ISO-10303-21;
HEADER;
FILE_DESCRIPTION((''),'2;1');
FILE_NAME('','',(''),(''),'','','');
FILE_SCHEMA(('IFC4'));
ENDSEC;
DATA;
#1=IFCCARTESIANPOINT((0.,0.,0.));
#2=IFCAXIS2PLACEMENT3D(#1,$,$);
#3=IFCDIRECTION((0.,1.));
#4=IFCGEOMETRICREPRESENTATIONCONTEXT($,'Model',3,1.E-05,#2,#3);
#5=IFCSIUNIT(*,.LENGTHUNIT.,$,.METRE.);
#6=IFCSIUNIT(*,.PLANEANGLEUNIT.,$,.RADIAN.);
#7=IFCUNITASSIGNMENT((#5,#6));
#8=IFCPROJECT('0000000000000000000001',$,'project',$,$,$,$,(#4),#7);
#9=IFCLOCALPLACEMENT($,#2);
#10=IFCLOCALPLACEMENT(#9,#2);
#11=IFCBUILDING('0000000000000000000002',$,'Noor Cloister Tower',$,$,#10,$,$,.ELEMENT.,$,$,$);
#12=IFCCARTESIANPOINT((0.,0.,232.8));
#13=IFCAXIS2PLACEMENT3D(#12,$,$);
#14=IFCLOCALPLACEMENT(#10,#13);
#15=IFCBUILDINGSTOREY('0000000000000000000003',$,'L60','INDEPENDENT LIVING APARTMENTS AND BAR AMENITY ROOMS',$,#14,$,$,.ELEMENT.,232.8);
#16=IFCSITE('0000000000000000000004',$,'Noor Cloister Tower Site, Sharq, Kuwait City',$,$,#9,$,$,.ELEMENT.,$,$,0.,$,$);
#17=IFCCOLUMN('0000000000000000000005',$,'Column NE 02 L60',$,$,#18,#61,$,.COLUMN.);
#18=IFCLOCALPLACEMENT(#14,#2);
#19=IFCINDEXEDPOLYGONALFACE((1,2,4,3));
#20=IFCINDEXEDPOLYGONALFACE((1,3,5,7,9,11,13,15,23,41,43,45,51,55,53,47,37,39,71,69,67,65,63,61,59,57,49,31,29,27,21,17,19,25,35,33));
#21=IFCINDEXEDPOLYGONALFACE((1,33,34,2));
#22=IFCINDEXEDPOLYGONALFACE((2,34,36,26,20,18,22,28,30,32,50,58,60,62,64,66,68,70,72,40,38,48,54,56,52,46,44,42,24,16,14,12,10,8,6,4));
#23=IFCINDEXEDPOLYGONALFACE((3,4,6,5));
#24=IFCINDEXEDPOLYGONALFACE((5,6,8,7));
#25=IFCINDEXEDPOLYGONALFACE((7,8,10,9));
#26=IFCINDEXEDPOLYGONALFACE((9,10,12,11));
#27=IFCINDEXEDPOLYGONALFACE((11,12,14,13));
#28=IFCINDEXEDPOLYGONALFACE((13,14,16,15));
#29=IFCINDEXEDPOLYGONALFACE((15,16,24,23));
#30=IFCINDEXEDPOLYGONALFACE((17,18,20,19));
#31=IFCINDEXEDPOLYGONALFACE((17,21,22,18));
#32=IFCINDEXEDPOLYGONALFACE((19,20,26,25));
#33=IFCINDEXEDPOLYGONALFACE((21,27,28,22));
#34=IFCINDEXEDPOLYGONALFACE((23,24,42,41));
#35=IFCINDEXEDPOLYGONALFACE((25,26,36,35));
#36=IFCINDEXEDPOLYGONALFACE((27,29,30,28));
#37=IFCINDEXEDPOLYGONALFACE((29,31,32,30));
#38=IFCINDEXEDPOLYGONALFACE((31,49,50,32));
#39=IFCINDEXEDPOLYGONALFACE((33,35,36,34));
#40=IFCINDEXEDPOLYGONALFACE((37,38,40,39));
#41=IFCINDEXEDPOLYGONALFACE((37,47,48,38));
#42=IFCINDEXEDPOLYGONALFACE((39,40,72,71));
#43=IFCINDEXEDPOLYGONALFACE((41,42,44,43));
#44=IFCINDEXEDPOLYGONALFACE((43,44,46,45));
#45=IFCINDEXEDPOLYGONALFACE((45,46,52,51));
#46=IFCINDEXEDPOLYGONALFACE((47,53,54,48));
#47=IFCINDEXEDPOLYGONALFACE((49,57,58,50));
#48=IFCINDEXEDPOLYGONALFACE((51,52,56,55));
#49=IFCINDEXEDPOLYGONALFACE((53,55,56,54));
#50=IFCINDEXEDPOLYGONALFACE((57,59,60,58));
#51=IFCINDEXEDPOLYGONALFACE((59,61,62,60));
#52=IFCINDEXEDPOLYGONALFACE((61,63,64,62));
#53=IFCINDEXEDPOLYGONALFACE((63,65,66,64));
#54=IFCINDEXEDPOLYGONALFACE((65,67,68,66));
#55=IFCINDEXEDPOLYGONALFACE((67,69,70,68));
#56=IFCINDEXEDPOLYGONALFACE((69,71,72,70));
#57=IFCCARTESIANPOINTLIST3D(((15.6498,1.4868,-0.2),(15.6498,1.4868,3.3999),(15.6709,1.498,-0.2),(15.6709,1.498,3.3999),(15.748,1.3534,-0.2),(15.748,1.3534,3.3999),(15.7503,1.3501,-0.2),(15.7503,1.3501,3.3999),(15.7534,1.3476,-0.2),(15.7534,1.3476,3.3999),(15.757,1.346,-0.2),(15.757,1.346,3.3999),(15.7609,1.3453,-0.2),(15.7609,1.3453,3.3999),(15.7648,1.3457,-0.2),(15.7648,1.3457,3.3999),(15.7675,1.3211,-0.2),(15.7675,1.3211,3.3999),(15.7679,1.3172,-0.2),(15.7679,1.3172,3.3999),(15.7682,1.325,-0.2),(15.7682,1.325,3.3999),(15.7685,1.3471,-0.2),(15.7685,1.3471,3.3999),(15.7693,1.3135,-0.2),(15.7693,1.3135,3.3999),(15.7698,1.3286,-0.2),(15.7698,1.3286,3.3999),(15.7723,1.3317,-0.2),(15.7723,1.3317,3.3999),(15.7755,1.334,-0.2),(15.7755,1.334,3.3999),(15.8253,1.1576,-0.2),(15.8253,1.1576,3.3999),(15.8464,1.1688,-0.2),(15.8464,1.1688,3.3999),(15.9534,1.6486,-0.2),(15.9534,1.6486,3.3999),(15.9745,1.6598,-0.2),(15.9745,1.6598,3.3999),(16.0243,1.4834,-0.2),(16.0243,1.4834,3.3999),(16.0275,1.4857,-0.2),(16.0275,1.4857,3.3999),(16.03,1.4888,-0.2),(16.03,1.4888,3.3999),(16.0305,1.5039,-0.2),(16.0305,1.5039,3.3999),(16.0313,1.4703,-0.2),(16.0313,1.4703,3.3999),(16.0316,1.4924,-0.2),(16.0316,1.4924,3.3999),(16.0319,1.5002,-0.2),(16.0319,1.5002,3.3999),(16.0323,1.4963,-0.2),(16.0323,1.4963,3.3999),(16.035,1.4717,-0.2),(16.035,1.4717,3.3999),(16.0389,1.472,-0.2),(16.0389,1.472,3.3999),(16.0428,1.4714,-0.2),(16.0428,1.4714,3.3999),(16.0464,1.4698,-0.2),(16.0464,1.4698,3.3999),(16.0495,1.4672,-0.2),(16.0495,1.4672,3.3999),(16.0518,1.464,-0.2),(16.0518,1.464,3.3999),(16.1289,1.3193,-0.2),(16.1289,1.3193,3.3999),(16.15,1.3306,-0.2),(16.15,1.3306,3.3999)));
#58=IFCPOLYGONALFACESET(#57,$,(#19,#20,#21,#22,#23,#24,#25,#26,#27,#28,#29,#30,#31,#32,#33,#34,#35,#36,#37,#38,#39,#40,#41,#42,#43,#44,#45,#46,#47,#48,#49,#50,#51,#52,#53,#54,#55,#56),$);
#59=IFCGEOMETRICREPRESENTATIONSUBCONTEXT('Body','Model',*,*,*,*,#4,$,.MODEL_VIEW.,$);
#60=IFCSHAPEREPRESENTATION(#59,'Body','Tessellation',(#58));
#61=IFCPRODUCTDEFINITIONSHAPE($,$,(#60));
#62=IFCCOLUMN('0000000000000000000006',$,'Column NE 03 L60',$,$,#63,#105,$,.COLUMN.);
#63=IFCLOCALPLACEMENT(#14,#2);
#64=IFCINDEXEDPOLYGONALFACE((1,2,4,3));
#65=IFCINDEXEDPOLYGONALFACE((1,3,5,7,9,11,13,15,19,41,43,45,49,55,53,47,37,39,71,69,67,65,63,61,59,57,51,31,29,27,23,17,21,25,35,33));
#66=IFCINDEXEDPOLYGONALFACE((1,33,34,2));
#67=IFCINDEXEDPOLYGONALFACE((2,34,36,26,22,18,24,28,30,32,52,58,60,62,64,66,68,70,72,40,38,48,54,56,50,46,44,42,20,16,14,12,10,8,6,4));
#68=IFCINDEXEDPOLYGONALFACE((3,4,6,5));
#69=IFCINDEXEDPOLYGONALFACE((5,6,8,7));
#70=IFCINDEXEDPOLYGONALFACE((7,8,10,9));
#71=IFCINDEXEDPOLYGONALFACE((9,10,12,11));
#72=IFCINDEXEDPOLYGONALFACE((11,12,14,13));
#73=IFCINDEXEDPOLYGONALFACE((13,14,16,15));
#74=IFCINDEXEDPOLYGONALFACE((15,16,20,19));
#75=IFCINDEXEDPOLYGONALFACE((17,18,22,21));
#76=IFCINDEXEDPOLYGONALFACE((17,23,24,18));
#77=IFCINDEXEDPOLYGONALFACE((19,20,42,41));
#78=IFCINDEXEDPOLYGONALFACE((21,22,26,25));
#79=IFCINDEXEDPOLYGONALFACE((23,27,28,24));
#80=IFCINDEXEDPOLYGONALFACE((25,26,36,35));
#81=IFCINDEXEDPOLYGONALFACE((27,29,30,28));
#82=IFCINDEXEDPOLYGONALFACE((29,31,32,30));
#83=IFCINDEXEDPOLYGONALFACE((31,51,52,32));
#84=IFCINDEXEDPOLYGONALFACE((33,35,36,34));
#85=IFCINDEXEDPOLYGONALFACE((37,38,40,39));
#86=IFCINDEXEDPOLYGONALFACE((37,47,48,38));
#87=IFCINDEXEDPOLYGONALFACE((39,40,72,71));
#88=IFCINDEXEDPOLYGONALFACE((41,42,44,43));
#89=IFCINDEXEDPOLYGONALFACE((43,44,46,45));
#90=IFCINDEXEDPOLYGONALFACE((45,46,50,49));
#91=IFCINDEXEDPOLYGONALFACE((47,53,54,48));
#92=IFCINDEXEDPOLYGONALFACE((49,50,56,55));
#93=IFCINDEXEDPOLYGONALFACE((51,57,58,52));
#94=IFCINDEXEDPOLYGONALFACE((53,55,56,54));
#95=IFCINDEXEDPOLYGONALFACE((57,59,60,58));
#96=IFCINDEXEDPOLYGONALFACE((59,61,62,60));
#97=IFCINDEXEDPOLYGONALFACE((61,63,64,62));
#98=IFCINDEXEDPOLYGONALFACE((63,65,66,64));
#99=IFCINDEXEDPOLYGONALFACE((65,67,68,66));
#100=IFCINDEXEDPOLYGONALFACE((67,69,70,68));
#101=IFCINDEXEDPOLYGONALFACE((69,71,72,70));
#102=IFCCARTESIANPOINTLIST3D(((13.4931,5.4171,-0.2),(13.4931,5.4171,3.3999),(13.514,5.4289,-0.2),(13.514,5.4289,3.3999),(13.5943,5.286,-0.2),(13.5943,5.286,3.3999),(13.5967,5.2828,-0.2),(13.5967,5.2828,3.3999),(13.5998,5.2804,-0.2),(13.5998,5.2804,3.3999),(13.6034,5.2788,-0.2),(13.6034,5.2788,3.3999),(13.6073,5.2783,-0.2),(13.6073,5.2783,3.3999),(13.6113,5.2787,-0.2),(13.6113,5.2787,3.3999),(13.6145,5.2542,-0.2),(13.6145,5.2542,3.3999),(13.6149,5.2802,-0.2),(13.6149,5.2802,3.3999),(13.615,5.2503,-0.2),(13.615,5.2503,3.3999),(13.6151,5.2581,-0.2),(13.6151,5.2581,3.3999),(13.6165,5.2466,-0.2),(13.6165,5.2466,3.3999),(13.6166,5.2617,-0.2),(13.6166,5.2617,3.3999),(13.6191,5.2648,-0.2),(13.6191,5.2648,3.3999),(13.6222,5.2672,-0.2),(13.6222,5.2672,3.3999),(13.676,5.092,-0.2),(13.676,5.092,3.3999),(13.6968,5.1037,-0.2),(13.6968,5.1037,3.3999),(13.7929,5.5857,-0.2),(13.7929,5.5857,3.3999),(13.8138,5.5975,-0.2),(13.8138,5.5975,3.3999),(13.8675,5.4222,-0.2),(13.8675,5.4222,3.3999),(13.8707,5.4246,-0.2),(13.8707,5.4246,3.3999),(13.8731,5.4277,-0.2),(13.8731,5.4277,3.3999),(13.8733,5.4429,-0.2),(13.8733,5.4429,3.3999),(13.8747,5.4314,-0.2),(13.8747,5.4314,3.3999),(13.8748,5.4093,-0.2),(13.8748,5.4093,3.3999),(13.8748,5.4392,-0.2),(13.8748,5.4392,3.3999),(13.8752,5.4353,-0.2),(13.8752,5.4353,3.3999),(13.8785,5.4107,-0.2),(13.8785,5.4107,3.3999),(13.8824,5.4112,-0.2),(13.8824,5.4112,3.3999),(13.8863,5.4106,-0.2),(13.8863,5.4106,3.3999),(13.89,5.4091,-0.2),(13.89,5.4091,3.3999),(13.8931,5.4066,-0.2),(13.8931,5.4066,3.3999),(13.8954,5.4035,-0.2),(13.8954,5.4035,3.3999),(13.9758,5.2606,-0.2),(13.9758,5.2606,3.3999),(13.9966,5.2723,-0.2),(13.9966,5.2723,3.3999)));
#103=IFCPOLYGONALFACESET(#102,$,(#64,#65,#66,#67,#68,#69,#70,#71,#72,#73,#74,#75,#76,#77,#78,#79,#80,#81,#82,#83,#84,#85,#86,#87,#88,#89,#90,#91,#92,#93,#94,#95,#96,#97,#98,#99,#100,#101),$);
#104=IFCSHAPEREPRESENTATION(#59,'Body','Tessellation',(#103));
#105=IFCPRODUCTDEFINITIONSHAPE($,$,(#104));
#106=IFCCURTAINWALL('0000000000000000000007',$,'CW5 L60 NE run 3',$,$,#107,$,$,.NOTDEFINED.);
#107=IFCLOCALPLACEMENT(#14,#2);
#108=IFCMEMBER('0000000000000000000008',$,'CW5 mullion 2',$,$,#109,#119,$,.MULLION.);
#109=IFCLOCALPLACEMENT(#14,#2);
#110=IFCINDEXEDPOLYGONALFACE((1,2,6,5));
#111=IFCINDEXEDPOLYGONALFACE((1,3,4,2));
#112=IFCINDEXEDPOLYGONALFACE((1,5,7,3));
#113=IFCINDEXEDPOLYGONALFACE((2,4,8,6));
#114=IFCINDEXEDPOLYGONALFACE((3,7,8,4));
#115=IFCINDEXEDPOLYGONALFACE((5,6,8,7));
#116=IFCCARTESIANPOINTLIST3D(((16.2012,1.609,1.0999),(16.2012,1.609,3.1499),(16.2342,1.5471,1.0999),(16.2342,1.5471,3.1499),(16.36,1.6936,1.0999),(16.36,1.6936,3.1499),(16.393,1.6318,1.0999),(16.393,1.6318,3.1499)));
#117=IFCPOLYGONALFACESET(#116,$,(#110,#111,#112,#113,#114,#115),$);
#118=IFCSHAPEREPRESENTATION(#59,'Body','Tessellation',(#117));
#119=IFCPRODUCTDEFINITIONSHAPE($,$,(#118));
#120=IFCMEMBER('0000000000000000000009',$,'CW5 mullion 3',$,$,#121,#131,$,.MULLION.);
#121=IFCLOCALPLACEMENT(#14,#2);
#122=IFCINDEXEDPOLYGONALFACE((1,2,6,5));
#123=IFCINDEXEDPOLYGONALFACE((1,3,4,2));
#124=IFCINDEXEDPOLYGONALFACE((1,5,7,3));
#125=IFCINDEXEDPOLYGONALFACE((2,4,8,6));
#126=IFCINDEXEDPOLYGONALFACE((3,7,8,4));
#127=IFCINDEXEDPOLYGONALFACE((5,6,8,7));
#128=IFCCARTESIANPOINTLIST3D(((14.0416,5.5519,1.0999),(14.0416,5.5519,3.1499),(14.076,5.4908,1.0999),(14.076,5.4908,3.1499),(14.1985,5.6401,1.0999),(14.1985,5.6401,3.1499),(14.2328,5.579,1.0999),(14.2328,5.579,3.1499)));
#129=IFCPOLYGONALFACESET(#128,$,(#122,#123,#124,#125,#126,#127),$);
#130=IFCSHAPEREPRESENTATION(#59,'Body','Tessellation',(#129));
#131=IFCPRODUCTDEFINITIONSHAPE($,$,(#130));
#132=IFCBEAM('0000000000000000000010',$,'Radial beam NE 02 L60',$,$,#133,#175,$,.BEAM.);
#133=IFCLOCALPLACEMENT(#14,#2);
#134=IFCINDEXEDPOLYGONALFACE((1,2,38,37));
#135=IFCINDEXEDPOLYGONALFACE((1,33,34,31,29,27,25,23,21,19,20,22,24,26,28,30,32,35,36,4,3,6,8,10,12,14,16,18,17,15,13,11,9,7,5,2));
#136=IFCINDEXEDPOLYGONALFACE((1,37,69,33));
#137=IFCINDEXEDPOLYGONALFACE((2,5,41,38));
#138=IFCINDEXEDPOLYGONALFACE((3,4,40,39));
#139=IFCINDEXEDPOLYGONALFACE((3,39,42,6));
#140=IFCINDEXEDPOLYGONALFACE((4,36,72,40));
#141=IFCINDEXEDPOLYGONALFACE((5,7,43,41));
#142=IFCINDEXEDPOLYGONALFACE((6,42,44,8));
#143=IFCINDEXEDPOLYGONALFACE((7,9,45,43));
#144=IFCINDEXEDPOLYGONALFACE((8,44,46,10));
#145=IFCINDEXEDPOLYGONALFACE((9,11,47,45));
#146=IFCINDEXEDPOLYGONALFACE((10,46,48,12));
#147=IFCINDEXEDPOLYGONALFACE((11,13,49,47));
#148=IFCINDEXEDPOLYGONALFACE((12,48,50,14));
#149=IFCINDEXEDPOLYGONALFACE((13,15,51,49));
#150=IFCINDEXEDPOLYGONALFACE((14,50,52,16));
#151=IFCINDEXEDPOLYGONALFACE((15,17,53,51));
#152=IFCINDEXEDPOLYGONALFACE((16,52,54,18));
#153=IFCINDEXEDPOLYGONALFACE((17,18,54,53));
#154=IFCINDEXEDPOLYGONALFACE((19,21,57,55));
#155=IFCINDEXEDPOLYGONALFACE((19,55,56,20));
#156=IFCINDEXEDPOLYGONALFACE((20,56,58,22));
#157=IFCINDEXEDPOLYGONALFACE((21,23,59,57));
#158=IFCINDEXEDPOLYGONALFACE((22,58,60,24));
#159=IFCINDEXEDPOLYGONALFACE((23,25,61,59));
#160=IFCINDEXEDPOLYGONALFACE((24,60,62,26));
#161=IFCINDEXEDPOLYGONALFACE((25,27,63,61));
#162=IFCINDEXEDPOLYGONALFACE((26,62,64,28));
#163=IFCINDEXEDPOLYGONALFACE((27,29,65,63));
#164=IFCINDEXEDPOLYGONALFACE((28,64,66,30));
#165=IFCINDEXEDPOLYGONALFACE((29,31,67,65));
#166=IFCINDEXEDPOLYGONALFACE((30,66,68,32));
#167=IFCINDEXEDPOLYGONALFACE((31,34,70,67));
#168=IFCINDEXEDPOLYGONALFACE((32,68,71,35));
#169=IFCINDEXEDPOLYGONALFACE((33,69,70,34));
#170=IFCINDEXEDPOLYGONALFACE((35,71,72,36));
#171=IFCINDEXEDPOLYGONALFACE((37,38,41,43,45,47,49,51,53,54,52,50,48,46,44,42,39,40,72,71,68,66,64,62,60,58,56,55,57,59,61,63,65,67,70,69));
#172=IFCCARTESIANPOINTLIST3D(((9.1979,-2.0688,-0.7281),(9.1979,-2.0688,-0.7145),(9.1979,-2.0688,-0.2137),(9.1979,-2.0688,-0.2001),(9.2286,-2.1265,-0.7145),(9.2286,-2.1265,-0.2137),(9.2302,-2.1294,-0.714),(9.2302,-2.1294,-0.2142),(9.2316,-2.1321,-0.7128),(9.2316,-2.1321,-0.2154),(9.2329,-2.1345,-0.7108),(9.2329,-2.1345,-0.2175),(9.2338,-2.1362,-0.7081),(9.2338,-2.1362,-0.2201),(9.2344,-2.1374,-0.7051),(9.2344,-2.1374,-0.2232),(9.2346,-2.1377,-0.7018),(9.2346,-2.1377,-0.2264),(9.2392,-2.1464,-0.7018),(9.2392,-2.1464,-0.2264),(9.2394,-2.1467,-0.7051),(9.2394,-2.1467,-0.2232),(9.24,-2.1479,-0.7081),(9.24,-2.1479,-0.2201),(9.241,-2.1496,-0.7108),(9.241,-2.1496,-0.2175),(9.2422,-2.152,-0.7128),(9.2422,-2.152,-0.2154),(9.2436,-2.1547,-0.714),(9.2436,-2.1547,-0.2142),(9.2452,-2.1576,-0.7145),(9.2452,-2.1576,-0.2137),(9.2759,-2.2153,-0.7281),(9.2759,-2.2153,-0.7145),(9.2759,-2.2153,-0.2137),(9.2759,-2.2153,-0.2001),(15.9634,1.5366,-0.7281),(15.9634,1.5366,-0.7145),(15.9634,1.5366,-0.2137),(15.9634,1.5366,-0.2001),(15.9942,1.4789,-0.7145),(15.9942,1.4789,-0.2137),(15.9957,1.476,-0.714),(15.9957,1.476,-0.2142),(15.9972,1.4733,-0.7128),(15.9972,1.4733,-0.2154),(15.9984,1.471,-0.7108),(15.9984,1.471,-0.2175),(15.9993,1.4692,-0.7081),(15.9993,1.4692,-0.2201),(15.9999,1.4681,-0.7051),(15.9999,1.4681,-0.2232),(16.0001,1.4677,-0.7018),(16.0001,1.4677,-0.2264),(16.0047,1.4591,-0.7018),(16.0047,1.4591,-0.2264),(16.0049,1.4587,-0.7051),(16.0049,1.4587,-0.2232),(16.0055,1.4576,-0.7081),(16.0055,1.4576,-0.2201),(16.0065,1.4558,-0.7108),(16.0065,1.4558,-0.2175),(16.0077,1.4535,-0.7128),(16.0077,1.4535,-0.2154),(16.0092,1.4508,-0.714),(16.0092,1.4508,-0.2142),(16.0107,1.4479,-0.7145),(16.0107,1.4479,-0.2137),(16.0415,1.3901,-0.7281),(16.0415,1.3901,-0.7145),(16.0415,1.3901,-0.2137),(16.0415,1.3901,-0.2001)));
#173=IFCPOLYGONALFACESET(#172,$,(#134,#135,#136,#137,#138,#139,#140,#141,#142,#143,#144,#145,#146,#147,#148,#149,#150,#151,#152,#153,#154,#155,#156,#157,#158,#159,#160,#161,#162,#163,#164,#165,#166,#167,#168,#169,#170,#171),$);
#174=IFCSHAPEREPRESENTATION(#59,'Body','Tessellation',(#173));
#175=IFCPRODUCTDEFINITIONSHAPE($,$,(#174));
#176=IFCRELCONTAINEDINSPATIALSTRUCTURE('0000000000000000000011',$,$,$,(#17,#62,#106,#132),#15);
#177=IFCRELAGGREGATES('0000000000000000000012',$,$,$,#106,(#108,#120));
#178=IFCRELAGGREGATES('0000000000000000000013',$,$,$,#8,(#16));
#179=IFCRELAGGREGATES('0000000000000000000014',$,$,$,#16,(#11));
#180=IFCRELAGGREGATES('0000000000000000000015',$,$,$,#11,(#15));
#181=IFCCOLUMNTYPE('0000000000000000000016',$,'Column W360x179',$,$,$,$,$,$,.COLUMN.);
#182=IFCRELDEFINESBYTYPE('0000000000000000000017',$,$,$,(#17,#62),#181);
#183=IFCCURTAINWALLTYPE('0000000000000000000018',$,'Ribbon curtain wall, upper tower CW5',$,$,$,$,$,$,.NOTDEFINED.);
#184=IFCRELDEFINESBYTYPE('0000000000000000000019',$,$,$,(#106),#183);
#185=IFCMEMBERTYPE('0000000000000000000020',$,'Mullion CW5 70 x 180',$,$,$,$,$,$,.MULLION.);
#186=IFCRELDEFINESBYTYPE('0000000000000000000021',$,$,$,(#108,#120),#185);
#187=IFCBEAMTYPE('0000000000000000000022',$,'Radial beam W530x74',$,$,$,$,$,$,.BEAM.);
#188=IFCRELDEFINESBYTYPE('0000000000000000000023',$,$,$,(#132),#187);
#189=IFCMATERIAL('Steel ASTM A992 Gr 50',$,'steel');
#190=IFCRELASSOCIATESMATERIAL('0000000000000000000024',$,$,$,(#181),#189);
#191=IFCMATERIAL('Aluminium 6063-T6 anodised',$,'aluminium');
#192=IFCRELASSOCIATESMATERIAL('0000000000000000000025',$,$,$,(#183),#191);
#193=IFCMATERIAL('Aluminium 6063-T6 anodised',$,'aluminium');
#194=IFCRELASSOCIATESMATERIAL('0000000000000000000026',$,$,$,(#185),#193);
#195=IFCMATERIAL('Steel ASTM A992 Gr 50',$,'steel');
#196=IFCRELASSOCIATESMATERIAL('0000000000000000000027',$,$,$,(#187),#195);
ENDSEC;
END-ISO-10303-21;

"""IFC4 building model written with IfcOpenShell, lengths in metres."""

from ifc_helpers import new_model, si_unit, direction, frame, origin, origin_2d, place, context, subcontext, project, spatial, rectangle, i_section, extrude, material, material_profile, profile_set, type_object, element, aggregate, save


model = new_model("IFC4")

# Units and contexts
model_context = context("Model", 3, precision=1e-05, world=origin(), true_north=direction((0.0, 1.0)))
body_context = subcontext(model_context, "Body", "Model", "MODEL_VIEW")
ifc_project = project(units=[si_unit("LENGTHUNIT", "METRE"), si_unit("PLANEANGLEUNIT", "RADIAN")], contexts=[model_context])

# Site, building, storey
site_placement = place(None, origin())
site = spatial("IfcSite", under=ifc_project, at=site_placement, Name="Noor Cloister Tower Site, Sharq, Kuwait City", CompositionType="ELEMENT", RefElevation=0.0)
building_placement = place(site_placement, origin())
building = spatial("IfcBuilding", under=site, at=building_placement, Name="Noor Cloister Tower", CompositionType="ELEMENT")
storey_placement = place(building_placement, frame((0.0, 0.0, 232.8)))
storey = spatial("IfcBuildingStorey", under=building, at=storey_placement, Name="L60", Description="INDEPENDENT LIVING APARTMENTS AND BAR AMENITY ROOMS", CompositionType="ELEMENT", Elevation=232.8)

# Columns
ifc_material_1 = material(Name="Steel ASTM A992 Gr 50", Category="steel")
ifc_material_profile_1 = material_profile(ifc_material_1, i_section(OverallWidth=0.373, OverallDepth=0.3679, WebThickness=0.0149, FlangeThickness=0.0239, FilletRadius=0.0151, at=origin_2d()), Name="W360x179")
ifc_profile_set_1 = profile_set([ifc_material_profile_1], Name="Steel ASTM A992 Gr 50")
column_type = type_object("IfcColumnType", Name="Column W360x179", PredefinedType="COLUMN", material=ifc_profile_set_1)
for number, where, z_axis, x_axis, name in (
    (1, (15.8999, 1.4087, -0.2), (0.0, 0.0, 1.0), (-0.470293, 0.88251, 0.0), "Column NE 02 L60"),
    (2, (13.7449, 5.3447, -0.2), (0.0, 0.0, 1.0), (-0.49016, 0.871632, 0.0), "Column NE 03 L60"),
):
    element("IfcColumn", number, at=place(storey_placement, frame(where, z_axis=z_axis, x_axis=x_axis)), inside=storey, type_object=column_type, Name=name, PredefinedType="COLUMN", context=body_context, shape_type="SweptSolid", body=[
        extrude(i_section(OverallWidth=0.373, OverallDepth=0.3679, WebThickness=0.0149, FlangeThickness=0.0239, FilletRadius=0.0151, at=origin_2d()), origin(), (0.0, 0.0, 1.0), 3.5999),
    ])

# Curtain wall, members
ifc_material_2 = material(Name="Aluminium 6063-T6 anodised", Category="aluminium")
curtain_wall_type = type_object("IfcCurtainWallType", Name="Ribbon curtain wall, upper tower CW5", PredefinedType="NOTDEFINED", material=ifc_material_2)
curtain_wall_placement = place(storey_placement, origin())
curtain_wall = element("IfcCurtainWall", 3, at=curtain_wall_placement, inside=storey, type_object=curtain_wall_type, Name="CW5 L60 NE run 3", PredefinedType="NOTDEFINED")
ifc_material_3 = material(Name="Aluminium 6063-T6 anodised", Category="aluminium")
ifc_material_profile_2 = material_profile(ifc_material_3, rectangle(XDim=0.1799, YDim=0.0701, at=origin_2d()), Name="180 x 70 mullion")
ifc_profile_set_2 = profile_set([ifc_material_profile_2], Name="Aluminium 6063-T6 anodised")
member_type = type_object("IfcMemberType", Name="Mullion CW5 70 x 180", PredefinedType="MULLION", material=ifc_profile_set_2)
member_1_placement = place(storey_placement, frame((16.2971, 1.6204, 1.0999), z_axis=(0.0, 0.0, 1.0), x_axis=(-0.88251, -0.470293, 0.0)))
member_1 = element("IfcMember", 4, at=member_1_placement, type_object=member_type, Name="CW5 mullion 2", PredefinedType="MULLION", context=body_context, shape_type="SweptSolid", body=[
    extrude(rectangle(XDim=0.1799, YDim=0.0701, at=origin_2d()), origin(), (0.0, 0.0, 1.0), 2.05),
])
member_2_placement = place(storey_placement, frame((14.1372, 5.5654, 1.0999), z_axis=(0.0, 0.0, 1.0), x_axis=(-0.871632, -0.49016, 0.0)))
member_2 = element("IfcMember", 5, at=member_2_placement, type_object=member_type, Name="CW5 mullion 3", PredefinedType="MULLION", context=body_context, shape_type="SweptSolid", body=[
    extrude(rectangle(XDim=0.1799, YDim=0.0701, at=origin_2d()), origin(), (0.0, 0.0, 1.0), 2.05),
])

# Beam
ifc_material_4 = material(Name="Steel ASTM A992 Gr 50", Category="steel")
ifc_material_profile_3 = material_profile(ifc_material_4, i_section(OverallWidth=0.166, OverallDepth=0.5281, WebThickness=0.0098, FlangeThickness=0.0137, FilletRadius=0.0127, at=origin_2d()), Name="W530x74")
ifc_profile_set_3 = profile_set([ifc_material_profile_3], Name="Steel ASTM A992 Gr 50")
beam_type_1 = type_object("IfcBeamType", Name="Radial beam W530x74", PredefinedType="BEAM", material=ifc_profile_set_3)
beam_1_placement = place(storey_placement, frame((16.0024, 1.4634, -0.4641), z_axis=(-0.882508, -0.470297, 0.0), x_axis=(0.470297, -0.882508, 0.0)))
element("IfcBeam", 6, at=beam_1_placement, inside=storey, type_object=beam_type_1, Name="Radial beam NE 02 L60", PredefinedType="BEAM", context=body_context, shape_type="SweptSolid", body=[
    extrude(i_section(OverallWidth=0.166, OverallDepth=0.5281, WebThickness=0.0098, FlangeThickness=0.0137, FilletRadius=0.0127, at=origin_2d()), origin(), (0.0, 0.0, 1.0), 7.6663),
])

aggregate(curtain_wall, [member_1, member_2])

save(model, "model.ifc")
